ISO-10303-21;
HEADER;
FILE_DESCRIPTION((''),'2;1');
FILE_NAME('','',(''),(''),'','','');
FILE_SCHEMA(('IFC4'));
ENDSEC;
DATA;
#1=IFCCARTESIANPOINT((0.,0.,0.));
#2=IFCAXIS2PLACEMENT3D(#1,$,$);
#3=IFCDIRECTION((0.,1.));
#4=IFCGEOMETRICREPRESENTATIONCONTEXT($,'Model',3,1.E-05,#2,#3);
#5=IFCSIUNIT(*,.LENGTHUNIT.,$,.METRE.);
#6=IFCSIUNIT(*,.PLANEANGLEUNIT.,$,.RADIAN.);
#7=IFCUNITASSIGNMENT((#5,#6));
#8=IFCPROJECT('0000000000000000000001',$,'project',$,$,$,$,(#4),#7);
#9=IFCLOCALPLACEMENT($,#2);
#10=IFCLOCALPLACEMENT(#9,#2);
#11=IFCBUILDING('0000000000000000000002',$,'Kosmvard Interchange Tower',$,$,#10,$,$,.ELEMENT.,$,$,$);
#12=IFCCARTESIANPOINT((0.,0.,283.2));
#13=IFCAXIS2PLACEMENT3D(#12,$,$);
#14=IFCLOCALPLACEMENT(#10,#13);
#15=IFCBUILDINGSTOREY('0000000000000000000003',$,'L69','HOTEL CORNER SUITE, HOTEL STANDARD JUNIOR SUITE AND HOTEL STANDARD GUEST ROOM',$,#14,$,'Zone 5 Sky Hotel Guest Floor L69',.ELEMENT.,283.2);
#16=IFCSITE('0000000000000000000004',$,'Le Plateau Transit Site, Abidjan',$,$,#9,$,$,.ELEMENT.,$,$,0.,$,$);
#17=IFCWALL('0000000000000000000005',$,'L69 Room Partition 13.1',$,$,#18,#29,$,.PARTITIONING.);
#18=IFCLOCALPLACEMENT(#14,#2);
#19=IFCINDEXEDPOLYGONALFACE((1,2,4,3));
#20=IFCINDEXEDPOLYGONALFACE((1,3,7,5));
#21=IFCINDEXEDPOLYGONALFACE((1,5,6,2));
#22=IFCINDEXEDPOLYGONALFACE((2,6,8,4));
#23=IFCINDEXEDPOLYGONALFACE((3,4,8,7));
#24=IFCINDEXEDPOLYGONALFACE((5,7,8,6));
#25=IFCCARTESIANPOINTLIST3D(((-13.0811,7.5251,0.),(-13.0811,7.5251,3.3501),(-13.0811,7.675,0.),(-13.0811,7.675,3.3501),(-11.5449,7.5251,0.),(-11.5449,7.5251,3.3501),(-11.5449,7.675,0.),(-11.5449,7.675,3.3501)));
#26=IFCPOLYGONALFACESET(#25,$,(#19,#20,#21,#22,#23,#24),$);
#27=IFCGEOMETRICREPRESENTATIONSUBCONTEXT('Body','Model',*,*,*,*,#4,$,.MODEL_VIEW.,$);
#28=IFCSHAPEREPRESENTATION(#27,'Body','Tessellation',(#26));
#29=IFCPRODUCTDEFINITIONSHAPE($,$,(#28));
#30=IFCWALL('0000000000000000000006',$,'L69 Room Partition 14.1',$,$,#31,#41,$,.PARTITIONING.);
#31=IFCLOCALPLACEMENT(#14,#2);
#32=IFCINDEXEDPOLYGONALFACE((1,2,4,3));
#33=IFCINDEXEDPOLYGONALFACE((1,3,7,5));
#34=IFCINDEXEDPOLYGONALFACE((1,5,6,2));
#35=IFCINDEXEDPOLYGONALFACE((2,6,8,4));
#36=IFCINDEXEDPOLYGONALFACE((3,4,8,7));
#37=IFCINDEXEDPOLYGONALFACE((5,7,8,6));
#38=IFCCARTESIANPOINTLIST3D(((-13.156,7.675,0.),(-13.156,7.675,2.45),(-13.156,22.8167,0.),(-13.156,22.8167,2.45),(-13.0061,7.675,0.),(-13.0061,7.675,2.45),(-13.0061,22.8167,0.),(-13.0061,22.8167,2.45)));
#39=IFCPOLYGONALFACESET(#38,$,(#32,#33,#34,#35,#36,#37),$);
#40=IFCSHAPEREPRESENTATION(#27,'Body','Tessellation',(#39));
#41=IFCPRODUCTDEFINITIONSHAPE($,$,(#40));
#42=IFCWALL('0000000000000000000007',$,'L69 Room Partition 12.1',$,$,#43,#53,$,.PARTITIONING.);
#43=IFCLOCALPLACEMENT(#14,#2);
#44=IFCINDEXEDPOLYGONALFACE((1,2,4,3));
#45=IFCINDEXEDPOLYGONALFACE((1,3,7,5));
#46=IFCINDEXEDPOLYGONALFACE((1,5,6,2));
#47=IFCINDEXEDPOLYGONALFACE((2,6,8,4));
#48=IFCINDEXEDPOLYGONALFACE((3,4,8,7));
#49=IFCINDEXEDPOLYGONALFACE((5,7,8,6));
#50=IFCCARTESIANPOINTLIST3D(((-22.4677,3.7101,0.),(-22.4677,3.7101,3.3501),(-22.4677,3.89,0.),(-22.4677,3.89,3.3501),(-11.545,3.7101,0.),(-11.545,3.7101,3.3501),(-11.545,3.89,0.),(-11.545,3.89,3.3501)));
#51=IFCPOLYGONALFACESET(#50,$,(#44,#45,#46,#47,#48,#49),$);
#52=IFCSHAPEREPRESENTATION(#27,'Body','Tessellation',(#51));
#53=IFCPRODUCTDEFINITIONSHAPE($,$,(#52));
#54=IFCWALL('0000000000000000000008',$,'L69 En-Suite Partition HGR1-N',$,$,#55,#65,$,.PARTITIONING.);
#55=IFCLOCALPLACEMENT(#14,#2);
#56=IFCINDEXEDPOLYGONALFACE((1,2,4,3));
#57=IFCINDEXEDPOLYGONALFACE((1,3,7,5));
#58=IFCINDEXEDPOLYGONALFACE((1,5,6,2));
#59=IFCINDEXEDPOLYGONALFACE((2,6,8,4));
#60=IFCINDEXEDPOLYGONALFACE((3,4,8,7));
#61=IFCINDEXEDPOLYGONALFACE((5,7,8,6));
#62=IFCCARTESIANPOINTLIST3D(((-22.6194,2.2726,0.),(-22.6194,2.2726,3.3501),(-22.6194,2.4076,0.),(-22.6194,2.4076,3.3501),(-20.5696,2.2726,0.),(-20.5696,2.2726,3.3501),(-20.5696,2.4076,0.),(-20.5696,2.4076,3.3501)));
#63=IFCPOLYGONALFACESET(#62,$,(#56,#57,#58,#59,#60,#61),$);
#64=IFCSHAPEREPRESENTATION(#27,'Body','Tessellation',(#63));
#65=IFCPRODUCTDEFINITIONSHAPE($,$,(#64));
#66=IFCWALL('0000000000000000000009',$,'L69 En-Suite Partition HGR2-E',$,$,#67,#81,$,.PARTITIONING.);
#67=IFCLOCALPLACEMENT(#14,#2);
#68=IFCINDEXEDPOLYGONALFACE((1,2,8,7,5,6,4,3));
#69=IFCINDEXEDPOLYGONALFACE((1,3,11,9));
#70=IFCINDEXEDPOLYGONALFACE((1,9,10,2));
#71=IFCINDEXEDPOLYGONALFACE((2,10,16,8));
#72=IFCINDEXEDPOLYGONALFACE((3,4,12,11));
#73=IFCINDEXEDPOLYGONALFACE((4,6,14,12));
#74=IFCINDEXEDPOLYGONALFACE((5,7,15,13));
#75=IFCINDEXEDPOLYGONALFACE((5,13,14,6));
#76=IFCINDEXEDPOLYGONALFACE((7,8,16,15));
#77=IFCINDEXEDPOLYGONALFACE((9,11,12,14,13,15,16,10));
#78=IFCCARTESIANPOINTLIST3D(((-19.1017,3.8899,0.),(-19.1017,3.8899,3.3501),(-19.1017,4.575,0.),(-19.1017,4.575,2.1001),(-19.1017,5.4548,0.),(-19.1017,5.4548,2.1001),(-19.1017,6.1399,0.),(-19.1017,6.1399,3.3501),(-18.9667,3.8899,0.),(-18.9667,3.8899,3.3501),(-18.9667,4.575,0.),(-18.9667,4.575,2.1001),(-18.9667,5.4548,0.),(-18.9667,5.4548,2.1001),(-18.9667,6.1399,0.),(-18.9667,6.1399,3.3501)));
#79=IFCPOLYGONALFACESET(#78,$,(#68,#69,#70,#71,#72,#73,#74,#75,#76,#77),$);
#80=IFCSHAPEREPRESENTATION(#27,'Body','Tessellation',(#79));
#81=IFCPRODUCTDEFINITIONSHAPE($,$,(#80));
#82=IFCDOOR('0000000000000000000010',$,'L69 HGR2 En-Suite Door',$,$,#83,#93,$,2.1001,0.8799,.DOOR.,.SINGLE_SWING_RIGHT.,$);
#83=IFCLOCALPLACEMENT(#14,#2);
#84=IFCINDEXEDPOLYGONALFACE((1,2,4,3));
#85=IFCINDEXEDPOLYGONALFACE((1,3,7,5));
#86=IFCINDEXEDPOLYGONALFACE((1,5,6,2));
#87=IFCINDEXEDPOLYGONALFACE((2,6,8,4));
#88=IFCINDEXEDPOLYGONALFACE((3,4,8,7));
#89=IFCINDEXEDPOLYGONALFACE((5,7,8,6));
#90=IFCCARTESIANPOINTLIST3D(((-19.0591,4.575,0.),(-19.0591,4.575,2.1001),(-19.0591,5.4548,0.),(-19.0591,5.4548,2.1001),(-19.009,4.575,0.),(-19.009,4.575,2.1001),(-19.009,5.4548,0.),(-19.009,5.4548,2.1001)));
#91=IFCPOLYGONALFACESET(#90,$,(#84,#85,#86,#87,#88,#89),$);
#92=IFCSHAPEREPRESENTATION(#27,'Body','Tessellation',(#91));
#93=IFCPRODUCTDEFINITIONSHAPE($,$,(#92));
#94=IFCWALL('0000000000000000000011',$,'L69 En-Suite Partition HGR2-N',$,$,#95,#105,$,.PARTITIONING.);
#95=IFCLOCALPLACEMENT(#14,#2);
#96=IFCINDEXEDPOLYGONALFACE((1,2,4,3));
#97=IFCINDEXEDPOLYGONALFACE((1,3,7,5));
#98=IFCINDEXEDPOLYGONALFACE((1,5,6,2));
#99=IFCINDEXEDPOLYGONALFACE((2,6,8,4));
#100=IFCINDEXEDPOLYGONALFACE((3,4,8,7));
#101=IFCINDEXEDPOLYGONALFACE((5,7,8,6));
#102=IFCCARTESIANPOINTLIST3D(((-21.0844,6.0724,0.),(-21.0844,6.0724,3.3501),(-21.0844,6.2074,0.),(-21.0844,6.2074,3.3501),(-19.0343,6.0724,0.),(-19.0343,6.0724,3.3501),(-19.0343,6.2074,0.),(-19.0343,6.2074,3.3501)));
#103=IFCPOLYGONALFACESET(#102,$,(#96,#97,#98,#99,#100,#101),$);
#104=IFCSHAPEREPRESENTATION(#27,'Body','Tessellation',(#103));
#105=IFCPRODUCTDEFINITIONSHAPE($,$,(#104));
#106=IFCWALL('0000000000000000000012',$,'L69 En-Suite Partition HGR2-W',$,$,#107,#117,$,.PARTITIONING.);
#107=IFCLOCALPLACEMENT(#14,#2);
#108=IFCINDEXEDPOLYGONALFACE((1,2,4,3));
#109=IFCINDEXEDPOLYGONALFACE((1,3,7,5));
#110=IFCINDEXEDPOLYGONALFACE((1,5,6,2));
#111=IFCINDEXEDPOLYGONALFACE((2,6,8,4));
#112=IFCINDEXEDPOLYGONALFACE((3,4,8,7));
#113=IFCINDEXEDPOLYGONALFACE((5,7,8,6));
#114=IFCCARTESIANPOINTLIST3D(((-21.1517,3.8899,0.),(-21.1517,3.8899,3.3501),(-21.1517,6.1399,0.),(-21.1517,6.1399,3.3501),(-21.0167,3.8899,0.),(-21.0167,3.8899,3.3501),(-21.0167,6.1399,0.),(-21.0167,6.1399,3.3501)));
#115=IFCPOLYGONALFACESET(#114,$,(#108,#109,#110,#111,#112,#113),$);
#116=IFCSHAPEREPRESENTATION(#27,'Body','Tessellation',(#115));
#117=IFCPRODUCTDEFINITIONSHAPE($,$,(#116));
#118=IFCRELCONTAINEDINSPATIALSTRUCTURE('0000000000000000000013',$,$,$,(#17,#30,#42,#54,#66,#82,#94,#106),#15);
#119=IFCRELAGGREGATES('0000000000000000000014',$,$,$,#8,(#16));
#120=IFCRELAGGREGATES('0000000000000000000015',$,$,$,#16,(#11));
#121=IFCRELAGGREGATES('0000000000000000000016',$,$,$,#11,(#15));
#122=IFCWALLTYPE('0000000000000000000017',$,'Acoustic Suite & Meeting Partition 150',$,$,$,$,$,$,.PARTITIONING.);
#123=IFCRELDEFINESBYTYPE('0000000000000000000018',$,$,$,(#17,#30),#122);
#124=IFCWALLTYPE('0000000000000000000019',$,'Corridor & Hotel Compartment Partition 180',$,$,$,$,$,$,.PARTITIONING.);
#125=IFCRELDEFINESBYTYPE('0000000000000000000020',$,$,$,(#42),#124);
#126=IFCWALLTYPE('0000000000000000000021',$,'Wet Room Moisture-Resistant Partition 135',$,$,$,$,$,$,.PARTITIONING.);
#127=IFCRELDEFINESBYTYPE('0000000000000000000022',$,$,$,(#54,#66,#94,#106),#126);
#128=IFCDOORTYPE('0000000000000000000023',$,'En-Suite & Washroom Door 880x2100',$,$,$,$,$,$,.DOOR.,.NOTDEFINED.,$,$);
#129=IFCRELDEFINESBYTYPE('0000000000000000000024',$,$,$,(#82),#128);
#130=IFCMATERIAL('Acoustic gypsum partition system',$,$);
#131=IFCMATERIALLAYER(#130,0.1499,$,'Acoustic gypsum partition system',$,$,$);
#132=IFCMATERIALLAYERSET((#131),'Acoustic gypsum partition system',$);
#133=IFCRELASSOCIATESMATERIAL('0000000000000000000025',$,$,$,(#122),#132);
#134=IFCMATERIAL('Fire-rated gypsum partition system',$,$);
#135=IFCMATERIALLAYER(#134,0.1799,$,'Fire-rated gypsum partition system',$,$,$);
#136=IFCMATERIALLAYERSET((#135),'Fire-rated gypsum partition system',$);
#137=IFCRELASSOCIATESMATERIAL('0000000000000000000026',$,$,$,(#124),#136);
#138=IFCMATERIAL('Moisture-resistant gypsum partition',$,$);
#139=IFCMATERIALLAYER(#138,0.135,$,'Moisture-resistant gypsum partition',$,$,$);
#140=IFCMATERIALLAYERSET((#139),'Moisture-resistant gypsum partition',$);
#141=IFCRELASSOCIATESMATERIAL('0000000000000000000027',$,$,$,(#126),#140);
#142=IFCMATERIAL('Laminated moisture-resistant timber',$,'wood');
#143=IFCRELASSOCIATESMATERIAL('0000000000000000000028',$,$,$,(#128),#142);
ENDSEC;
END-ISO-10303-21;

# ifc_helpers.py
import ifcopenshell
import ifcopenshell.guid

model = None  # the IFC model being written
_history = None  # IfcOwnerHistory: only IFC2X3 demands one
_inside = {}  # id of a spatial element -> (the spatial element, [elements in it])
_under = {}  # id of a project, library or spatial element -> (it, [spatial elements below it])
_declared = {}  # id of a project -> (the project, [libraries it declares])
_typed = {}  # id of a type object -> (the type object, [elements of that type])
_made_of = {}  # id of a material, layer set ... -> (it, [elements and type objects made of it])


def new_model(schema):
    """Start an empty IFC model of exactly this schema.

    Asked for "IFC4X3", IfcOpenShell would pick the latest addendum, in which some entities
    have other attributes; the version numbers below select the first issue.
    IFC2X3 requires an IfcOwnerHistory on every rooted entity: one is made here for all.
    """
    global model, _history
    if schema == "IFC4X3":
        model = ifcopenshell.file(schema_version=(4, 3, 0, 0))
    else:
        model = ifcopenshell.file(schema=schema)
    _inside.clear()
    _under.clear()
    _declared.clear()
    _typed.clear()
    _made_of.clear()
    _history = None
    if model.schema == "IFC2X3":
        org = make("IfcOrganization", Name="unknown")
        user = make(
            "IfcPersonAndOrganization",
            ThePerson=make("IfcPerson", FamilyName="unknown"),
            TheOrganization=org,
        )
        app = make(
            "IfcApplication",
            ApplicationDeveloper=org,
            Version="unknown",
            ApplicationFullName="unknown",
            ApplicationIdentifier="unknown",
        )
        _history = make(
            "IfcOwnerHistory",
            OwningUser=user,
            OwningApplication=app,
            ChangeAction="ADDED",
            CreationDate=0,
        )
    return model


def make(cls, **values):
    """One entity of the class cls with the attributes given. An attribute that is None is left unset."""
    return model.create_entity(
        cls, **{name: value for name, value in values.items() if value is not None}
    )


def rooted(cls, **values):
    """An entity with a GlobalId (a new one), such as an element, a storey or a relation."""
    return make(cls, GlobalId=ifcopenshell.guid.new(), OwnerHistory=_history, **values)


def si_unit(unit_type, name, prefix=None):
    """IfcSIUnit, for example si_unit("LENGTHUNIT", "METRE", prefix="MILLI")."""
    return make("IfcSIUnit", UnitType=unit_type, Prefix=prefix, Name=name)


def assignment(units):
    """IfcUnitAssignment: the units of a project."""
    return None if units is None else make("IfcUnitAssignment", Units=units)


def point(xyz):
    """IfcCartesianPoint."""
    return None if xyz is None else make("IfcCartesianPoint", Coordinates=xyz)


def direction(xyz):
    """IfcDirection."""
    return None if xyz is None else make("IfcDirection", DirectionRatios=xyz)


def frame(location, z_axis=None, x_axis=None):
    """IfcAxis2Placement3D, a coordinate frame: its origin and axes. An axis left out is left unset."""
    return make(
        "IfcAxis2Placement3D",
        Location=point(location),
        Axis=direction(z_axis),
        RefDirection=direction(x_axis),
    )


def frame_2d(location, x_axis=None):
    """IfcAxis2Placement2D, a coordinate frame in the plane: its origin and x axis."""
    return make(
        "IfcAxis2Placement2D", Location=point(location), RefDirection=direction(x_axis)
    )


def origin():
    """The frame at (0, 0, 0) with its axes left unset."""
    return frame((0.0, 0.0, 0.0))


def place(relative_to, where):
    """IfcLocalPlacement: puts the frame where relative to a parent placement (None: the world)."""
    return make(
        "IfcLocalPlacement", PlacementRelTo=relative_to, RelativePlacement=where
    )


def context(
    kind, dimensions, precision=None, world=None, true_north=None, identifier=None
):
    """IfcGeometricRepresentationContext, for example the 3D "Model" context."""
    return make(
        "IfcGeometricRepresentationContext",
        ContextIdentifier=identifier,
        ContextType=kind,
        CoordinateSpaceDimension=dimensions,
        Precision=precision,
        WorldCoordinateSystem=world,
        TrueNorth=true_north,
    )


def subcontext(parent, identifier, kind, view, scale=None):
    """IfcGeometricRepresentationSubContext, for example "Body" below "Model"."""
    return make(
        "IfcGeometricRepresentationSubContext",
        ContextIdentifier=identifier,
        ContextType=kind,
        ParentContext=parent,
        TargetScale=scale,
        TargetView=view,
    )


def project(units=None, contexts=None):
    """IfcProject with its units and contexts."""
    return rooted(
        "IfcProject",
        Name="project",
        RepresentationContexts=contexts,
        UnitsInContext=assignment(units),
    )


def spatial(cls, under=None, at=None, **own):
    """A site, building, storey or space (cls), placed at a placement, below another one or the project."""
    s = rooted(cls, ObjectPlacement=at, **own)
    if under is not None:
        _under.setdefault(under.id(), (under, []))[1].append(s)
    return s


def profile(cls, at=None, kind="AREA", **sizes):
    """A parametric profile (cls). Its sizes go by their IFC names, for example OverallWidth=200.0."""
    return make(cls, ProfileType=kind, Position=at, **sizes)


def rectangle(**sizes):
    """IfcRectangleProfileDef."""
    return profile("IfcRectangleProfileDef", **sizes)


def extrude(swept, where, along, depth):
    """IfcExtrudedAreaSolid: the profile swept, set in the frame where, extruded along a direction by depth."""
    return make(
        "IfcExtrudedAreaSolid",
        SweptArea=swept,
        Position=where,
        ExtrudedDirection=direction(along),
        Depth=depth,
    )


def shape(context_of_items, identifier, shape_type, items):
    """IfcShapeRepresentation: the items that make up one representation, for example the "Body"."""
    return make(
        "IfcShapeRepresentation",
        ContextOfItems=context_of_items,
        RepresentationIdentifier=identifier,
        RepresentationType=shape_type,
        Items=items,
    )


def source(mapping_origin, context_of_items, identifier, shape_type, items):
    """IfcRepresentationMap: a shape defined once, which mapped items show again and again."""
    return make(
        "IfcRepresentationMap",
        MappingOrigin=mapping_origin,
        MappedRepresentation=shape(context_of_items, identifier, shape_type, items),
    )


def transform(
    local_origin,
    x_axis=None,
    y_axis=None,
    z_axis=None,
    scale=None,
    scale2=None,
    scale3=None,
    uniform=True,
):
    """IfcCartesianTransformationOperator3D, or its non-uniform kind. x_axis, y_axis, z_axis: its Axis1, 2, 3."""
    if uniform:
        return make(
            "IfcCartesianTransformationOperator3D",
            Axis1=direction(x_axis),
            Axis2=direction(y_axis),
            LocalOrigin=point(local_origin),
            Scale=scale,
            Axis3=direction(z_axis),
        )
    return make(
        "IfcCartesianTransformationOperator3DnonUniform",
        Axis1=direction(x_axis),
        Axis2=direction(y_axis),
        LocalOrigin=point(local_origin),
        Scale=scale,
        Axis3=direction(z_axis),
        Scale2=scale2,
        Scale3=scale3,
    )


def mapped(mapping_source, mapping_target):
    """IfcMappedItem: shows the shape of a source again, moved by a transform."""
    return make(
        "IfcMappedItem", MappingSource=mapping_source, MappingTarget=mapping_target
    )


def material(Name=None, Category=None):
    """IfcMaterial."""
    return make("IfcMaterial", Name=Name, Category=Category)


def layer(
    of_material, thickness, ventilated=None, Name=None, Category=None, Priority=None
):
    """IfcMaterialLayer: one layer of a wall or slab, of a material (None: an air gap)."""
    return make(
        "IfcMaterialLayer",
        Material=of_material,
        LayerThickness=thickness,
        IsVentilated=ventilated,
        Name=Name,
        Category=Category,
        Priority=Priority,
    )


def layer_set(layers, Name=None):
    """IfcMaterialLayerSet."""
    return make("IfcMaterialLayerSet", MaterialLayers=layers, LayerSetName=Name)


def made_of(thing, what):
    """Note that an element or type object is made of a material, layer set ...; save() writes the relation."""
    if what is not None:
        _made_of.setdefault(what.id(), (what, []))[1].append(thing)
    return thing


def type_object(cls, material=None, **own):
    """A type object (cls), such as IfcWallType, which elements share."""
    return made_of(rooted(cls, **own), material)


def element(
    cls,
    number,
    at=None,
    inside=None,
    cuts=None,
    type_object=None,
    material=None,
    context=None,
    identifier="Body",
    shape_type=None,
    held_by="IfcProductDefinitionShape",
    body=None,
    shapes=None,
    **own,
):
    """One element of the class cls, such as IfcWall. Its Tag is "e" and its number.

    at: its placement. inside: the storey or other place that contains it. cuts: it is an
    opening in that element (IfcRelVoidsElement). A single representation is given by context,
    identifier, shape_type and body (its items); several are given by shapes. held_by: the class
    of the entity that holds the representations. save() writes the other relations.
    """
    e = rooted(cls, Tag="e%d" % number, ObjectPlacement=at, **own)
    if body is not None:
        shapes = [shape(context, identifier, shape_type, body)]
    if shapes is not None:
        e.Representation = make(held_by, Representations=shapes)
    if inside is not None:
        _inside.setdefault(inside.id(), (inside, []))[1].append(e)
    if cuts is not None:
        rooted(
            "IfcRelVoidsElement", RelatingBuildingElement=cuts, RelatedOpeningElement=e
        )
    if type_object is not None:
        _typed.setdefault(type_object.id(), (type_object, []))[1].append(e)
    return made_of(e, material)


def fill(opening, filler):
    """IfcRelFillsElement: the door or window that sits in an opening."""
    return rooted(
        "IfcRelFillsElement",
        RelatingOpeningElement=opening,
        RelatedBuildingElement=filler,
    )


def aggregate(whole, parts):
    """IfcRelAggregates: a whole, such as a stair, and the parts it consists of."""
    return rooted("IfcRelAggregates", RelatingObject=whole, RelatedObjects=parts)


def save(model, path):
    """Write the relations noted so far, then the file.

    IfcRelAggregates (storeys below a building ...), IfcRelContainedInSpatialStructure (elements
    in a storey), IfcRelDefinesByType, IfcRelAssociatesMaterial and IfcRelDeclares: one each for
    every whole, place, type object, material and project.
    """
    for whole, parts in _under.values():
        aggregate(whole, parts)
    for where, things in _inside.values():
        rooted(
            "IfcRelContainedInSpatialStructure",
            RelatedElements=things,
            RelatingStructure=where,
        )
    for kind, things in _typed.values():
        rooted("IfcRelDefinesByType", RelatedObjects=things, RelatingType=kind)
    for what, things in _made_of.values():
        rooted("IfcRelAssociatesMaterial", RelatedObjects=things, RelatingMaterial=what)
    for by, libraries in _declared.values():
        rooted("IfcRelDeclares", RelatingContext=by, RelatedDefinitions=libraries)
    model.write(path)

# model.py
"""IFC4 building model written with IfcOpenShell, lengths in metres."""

from ifc_helpers import new_model, si_unit, direction, frame, frame_2d, origin, place, context, subcontext, project, spatial, rectangle, extrude, source, transform, mapped, material, layer, layer_set, type_object, element, fill, save


model = new_model("IFC4")

# Units and contexts
model_context = context("Model", 3, precision=1e-05, world=origin(), true_north=direction((0.0, 1.0)))
body_context = subcontext(model_context, "Body", "Model", "MODEL_VIEW")
ifc_project = project(units=[si_unit("LENGTHUNIT", "METRE"), si_unit("PLANEANGLEUNIT", "RADIAN")], contexts=[model_context])

# Site, building, storey
site_placement = place(None, origin())
site = spatial("IfcSite", under=ifc_project, at=site_placement, Name="Le Plateau Transit Site, Abidjan", CompositionType="ELEMENT", RefElevation=0.0)
building_placement = place(site_placement, origin())
building = spatial("IfcBuilding", under=site, at=building_placement, Name="Kosmvard Interchange Tower", CompositionType="ELEMENT")
storey_placement = place(building_placement, frame((0.0, 0.0, 283.2)))
storey = spatial("IfcBuildingStorey", under=building, at=storey_placement, Name="L69", Description="HOTEL CORNER SUITE, HOTEL STANDARD JUNIOR SUITE AND HOTEL STANDARD GUEST ROOM", LongName="Zone 5 Sky Hotel Guest Floor L69", CompositionType="ELEMENT", Elevation=283.2)

# Walls
ifc_material_1 = material(Name="Acoustic gypsum partition system")
ifc_layer_1 = layer(ifc_material_1, 0.1499, Name="Acoustic gypsum partition system")
ifc_layer_set_1 = layer_set([ifc_layer_1], Name="Acoustic gypsum partition system")
wall_type_1 = type_object("IfcWallType", Name="Acoustic Suite & Meeting Partition 150", PredefinedType="PARTITIONING", material=ifc_layer_set_1)
wall_1_placement = place(storey_placement, frame((-11.5449, 7.6001, 0.0), z_axis=(0.0, 0.0, 1.0), x_axis=(-1.0, 0.0, 0.0)))
element("IfcWall", 1, at=wall_1_placement, inside=storey, type_object=wall_type_1, Name="L69 Room Partition 13.1", PredefinedType="PARTITIONING", context=body_context, shape_type="SweptSolid", body=[
    extrude(rectangle(XDim=1.5361, YDim=0.1499, at=frame_2d((0.7681, 0.0))), origin(), (0.0, 0.0, 1.0), 3.3501),
])
wall_2_placement = place(storey_placement, frame((-13.0811, 7.675, 0.0), z_axis=(0.0, 0.0, 1.0), x_axis=(0.0, 1.0, 0.0)))
element("IfcWall", 2, at=wall_2_placement, inside=storey, type_object=wall_type_1, Name="L69 Room Partition 14.1", PredefinedType="PARTITIONING", context=body_context, shape_type="SweptSolid", body=[
    extrude(rectangle(XDim=15.1416, YDim=0.1499, at=frame_2d((7.5708, 0.0))), origin(), (0.0, 0.0, 1.0), 2.45),
])

# Shared definitions
ifc_material_2 = material(Name="Fire-rated gypsum partition system")
ifc_layer_2 = layer(ifc_material_2, 0.1799, Name="Fire-rated gypsum partition system")
ifc_layer_set_2 = layer_set([ifc_layer_2], Name="Fire-rated gypsum partition system")
wall_type_2 = type_object("IfcWallType", Name="Corridor & Hotel Compartment Partition 180", PredefinedType="PARTITIONING", material=ifc_layer_set_2)

# Walls
wall_3_placement = place(storey_placement, frame((-11.5449, 3.8, 0.0), z_axis=(0.0, 0.0, 1.0), x_axis=(-1.0, 0.0, 0.0)))
element("IfcWall", 3, at=wall_3_placement, inside=storey, type_object=wall_type_2, Name="L69 Room Partition 12.1", PredefinedType="PARTITIONING", context=body_context, shape_type="SweptSolid", body=[
    extrude(rectangle(XDim=10.9226, YDim=0.1799, at=frame_2d((5.4614, 0.0))), origin(), (0.0, 0.0, 1.0), 3.3501),
])
ifc_material_3 = material(Name="Moisture-resistant gypsum partition")
ifc_layer_3 = layer(ifc_material_3, 0.135, Name="Moisture-resistant gypsum partition")
ifc_layer_set_3 = layer_set([ifc_layer_3], Name="Moisture-resistant gypsum partition")
wall_type_3 = type_object("IfcWallType", Name="Wet Room Moisture-Resistant Partition 135", PredefinedType="PARTITIONING", material=ifc_layer_set_3)
wall_4_placement = place(storey_placement, frame((-22.6194, 2.3401, 0.0), z_axis=(0.0, 0.0, 1.0), x_axis=(1.0, 0.0, 0.0)))
element("IfcWall", 4, at=wall_4_placement, inside=storey, type_object=wall_type_3, Name="L69 En-Suite Partition HGR1-N", PredefinedType="PARTITIONING", context=body_context, shape_type="SweptSolid", body=[
    extrude(rectangle(XDim=2.0498, YDim=0.135, at=frame_2d((1.0249, 0.0))), origin(), (0.0, 0.0, 1.0), 3.3501),
])

# Wall, opening, door
wall_5_placement = place(storey_placement, frame((-19.0342, 3.8899, 0.0), z_axis=(0.0, 0.0, 1.0), x_axis=(0.0, 1.0, 0.0)))
wall_5 = element("IfcWall", 5, at=wall_5_placement, inside=storey, type_object=wall_type_3, Name="L69 En-Suite Partition HGR2-E", PredefinedType="PARTITIONING", context=body_context, shape_type="SweptSolid", body=[
    extrude(rectangle(XDim=2.25, YDim=0.135, at=frame_2d((1.125, 0.0))), origin(), (0.0, 0.0, 1.0), 3.3501),
])
opening_1_placement = place(wall_5_placement, frame((0.6851, 0.0, 0.0)))
opening_1 = element("IfcOpeningElement", 6, at=opening_1_placement, cuts=wall_5, PredefinedType="OPENING", context=body_context, shape_type="SweptSolid", body=[
    extrude(rectangle(XDim=0.8799, YDim=2.1001, at=frame_2d((0.4399, 1.05))), frame((0.0, 0.0776, 0.0), z_axis=(0.0, -1.0, 0.0), x_axis=(1.0, 0.0, 0.0)), (0.0, 0.0, 1.0), 0.155),
])
ifc_material_4 = material(Name="Laminated moisture-resistant timber", Category="wood")
door_type_1 = type_object("IfcDoorType", Name="En-Suite & Washroom Door 880x2100", OperationType="NOTDEFINED", PredefinedType="DOOR", material=ifc_material_4)
shared_shape_1 = source(origin(), body_context, "Body", "SweptSolid", [
    extrude(rectangle(XDim=0.8799, YDim=2.1001, at=frame_2d((0.4399, 1.05))), frame((0.0, 0.0249, 0.0), z_axis=(0.0, -1.0, 0.0), x_axis=(1.0, 0.0, 0.0)), (0.0, 0.0, 1.0), 0.05),
])
door_1_placement = place(opening_1_placement, origin())
door_1 = element("IfcDoor", 7, at=door_1_placement, inside=storey, type_object=door_type_1, Name="L69 HGR2 En-Suite Door", OperationType="SINGLE_SWING_RIGHT", OverallHeight=2.1001, OverallWidth=0.8799, PredefinedType="DOOR", context=body_context, shape_type="MappedRepresentation", body=[
    mapped(shared_shape_1, transform((0.0, 0.0, 0.0), scale=1.0)),
])
fill(opening_1, door_1)

# Walls
wall_6_placement = place(storey_placement, frame((-21.0842, 6.1399, 0.0), z_axis=(0.0, 0.0, 1.0), x_axis=(1.0, 0.0, 0.0)))
element("IfcWall", 8, at=wall_6_placement, inside=storey, type_object=wall_type_3, Name="L69 En-Suite Partition HGR2-N", PredefinedType="PARTITIONING", context=body_context, shape_type="SweptSolid", body=[
    extrude(rectangle(XDim=2.05, YDim=0.135, at=frame_2d((1.0249, 0.0))), origin(), (0.0, 0.0, 1.0), 3.3501),
])
wall_7_placement = place(storey_placement, frame((-21.0842, 3.8899, 0.0), z_axis=(0.0, 0.0, 1.0), x_axis=(0.0, 1.0, 0.0)))
element("IfcWall", 9, at=wall_7_placement, inside=storey, type_object=wall_type_3, Name="L69 En-Suite Partition HGR2-W", PredefinedType="PARTITIONING", context=body_context, shape_type="SweptSolid", body=[
    extrude(rectangle(XDim=2.25, YDim=0.135, at=frame_2d((1.125, 0.0))), origin(), (0.0, 0.0, 1.0), 3.3501),
])

save(model, "model.ifc")
